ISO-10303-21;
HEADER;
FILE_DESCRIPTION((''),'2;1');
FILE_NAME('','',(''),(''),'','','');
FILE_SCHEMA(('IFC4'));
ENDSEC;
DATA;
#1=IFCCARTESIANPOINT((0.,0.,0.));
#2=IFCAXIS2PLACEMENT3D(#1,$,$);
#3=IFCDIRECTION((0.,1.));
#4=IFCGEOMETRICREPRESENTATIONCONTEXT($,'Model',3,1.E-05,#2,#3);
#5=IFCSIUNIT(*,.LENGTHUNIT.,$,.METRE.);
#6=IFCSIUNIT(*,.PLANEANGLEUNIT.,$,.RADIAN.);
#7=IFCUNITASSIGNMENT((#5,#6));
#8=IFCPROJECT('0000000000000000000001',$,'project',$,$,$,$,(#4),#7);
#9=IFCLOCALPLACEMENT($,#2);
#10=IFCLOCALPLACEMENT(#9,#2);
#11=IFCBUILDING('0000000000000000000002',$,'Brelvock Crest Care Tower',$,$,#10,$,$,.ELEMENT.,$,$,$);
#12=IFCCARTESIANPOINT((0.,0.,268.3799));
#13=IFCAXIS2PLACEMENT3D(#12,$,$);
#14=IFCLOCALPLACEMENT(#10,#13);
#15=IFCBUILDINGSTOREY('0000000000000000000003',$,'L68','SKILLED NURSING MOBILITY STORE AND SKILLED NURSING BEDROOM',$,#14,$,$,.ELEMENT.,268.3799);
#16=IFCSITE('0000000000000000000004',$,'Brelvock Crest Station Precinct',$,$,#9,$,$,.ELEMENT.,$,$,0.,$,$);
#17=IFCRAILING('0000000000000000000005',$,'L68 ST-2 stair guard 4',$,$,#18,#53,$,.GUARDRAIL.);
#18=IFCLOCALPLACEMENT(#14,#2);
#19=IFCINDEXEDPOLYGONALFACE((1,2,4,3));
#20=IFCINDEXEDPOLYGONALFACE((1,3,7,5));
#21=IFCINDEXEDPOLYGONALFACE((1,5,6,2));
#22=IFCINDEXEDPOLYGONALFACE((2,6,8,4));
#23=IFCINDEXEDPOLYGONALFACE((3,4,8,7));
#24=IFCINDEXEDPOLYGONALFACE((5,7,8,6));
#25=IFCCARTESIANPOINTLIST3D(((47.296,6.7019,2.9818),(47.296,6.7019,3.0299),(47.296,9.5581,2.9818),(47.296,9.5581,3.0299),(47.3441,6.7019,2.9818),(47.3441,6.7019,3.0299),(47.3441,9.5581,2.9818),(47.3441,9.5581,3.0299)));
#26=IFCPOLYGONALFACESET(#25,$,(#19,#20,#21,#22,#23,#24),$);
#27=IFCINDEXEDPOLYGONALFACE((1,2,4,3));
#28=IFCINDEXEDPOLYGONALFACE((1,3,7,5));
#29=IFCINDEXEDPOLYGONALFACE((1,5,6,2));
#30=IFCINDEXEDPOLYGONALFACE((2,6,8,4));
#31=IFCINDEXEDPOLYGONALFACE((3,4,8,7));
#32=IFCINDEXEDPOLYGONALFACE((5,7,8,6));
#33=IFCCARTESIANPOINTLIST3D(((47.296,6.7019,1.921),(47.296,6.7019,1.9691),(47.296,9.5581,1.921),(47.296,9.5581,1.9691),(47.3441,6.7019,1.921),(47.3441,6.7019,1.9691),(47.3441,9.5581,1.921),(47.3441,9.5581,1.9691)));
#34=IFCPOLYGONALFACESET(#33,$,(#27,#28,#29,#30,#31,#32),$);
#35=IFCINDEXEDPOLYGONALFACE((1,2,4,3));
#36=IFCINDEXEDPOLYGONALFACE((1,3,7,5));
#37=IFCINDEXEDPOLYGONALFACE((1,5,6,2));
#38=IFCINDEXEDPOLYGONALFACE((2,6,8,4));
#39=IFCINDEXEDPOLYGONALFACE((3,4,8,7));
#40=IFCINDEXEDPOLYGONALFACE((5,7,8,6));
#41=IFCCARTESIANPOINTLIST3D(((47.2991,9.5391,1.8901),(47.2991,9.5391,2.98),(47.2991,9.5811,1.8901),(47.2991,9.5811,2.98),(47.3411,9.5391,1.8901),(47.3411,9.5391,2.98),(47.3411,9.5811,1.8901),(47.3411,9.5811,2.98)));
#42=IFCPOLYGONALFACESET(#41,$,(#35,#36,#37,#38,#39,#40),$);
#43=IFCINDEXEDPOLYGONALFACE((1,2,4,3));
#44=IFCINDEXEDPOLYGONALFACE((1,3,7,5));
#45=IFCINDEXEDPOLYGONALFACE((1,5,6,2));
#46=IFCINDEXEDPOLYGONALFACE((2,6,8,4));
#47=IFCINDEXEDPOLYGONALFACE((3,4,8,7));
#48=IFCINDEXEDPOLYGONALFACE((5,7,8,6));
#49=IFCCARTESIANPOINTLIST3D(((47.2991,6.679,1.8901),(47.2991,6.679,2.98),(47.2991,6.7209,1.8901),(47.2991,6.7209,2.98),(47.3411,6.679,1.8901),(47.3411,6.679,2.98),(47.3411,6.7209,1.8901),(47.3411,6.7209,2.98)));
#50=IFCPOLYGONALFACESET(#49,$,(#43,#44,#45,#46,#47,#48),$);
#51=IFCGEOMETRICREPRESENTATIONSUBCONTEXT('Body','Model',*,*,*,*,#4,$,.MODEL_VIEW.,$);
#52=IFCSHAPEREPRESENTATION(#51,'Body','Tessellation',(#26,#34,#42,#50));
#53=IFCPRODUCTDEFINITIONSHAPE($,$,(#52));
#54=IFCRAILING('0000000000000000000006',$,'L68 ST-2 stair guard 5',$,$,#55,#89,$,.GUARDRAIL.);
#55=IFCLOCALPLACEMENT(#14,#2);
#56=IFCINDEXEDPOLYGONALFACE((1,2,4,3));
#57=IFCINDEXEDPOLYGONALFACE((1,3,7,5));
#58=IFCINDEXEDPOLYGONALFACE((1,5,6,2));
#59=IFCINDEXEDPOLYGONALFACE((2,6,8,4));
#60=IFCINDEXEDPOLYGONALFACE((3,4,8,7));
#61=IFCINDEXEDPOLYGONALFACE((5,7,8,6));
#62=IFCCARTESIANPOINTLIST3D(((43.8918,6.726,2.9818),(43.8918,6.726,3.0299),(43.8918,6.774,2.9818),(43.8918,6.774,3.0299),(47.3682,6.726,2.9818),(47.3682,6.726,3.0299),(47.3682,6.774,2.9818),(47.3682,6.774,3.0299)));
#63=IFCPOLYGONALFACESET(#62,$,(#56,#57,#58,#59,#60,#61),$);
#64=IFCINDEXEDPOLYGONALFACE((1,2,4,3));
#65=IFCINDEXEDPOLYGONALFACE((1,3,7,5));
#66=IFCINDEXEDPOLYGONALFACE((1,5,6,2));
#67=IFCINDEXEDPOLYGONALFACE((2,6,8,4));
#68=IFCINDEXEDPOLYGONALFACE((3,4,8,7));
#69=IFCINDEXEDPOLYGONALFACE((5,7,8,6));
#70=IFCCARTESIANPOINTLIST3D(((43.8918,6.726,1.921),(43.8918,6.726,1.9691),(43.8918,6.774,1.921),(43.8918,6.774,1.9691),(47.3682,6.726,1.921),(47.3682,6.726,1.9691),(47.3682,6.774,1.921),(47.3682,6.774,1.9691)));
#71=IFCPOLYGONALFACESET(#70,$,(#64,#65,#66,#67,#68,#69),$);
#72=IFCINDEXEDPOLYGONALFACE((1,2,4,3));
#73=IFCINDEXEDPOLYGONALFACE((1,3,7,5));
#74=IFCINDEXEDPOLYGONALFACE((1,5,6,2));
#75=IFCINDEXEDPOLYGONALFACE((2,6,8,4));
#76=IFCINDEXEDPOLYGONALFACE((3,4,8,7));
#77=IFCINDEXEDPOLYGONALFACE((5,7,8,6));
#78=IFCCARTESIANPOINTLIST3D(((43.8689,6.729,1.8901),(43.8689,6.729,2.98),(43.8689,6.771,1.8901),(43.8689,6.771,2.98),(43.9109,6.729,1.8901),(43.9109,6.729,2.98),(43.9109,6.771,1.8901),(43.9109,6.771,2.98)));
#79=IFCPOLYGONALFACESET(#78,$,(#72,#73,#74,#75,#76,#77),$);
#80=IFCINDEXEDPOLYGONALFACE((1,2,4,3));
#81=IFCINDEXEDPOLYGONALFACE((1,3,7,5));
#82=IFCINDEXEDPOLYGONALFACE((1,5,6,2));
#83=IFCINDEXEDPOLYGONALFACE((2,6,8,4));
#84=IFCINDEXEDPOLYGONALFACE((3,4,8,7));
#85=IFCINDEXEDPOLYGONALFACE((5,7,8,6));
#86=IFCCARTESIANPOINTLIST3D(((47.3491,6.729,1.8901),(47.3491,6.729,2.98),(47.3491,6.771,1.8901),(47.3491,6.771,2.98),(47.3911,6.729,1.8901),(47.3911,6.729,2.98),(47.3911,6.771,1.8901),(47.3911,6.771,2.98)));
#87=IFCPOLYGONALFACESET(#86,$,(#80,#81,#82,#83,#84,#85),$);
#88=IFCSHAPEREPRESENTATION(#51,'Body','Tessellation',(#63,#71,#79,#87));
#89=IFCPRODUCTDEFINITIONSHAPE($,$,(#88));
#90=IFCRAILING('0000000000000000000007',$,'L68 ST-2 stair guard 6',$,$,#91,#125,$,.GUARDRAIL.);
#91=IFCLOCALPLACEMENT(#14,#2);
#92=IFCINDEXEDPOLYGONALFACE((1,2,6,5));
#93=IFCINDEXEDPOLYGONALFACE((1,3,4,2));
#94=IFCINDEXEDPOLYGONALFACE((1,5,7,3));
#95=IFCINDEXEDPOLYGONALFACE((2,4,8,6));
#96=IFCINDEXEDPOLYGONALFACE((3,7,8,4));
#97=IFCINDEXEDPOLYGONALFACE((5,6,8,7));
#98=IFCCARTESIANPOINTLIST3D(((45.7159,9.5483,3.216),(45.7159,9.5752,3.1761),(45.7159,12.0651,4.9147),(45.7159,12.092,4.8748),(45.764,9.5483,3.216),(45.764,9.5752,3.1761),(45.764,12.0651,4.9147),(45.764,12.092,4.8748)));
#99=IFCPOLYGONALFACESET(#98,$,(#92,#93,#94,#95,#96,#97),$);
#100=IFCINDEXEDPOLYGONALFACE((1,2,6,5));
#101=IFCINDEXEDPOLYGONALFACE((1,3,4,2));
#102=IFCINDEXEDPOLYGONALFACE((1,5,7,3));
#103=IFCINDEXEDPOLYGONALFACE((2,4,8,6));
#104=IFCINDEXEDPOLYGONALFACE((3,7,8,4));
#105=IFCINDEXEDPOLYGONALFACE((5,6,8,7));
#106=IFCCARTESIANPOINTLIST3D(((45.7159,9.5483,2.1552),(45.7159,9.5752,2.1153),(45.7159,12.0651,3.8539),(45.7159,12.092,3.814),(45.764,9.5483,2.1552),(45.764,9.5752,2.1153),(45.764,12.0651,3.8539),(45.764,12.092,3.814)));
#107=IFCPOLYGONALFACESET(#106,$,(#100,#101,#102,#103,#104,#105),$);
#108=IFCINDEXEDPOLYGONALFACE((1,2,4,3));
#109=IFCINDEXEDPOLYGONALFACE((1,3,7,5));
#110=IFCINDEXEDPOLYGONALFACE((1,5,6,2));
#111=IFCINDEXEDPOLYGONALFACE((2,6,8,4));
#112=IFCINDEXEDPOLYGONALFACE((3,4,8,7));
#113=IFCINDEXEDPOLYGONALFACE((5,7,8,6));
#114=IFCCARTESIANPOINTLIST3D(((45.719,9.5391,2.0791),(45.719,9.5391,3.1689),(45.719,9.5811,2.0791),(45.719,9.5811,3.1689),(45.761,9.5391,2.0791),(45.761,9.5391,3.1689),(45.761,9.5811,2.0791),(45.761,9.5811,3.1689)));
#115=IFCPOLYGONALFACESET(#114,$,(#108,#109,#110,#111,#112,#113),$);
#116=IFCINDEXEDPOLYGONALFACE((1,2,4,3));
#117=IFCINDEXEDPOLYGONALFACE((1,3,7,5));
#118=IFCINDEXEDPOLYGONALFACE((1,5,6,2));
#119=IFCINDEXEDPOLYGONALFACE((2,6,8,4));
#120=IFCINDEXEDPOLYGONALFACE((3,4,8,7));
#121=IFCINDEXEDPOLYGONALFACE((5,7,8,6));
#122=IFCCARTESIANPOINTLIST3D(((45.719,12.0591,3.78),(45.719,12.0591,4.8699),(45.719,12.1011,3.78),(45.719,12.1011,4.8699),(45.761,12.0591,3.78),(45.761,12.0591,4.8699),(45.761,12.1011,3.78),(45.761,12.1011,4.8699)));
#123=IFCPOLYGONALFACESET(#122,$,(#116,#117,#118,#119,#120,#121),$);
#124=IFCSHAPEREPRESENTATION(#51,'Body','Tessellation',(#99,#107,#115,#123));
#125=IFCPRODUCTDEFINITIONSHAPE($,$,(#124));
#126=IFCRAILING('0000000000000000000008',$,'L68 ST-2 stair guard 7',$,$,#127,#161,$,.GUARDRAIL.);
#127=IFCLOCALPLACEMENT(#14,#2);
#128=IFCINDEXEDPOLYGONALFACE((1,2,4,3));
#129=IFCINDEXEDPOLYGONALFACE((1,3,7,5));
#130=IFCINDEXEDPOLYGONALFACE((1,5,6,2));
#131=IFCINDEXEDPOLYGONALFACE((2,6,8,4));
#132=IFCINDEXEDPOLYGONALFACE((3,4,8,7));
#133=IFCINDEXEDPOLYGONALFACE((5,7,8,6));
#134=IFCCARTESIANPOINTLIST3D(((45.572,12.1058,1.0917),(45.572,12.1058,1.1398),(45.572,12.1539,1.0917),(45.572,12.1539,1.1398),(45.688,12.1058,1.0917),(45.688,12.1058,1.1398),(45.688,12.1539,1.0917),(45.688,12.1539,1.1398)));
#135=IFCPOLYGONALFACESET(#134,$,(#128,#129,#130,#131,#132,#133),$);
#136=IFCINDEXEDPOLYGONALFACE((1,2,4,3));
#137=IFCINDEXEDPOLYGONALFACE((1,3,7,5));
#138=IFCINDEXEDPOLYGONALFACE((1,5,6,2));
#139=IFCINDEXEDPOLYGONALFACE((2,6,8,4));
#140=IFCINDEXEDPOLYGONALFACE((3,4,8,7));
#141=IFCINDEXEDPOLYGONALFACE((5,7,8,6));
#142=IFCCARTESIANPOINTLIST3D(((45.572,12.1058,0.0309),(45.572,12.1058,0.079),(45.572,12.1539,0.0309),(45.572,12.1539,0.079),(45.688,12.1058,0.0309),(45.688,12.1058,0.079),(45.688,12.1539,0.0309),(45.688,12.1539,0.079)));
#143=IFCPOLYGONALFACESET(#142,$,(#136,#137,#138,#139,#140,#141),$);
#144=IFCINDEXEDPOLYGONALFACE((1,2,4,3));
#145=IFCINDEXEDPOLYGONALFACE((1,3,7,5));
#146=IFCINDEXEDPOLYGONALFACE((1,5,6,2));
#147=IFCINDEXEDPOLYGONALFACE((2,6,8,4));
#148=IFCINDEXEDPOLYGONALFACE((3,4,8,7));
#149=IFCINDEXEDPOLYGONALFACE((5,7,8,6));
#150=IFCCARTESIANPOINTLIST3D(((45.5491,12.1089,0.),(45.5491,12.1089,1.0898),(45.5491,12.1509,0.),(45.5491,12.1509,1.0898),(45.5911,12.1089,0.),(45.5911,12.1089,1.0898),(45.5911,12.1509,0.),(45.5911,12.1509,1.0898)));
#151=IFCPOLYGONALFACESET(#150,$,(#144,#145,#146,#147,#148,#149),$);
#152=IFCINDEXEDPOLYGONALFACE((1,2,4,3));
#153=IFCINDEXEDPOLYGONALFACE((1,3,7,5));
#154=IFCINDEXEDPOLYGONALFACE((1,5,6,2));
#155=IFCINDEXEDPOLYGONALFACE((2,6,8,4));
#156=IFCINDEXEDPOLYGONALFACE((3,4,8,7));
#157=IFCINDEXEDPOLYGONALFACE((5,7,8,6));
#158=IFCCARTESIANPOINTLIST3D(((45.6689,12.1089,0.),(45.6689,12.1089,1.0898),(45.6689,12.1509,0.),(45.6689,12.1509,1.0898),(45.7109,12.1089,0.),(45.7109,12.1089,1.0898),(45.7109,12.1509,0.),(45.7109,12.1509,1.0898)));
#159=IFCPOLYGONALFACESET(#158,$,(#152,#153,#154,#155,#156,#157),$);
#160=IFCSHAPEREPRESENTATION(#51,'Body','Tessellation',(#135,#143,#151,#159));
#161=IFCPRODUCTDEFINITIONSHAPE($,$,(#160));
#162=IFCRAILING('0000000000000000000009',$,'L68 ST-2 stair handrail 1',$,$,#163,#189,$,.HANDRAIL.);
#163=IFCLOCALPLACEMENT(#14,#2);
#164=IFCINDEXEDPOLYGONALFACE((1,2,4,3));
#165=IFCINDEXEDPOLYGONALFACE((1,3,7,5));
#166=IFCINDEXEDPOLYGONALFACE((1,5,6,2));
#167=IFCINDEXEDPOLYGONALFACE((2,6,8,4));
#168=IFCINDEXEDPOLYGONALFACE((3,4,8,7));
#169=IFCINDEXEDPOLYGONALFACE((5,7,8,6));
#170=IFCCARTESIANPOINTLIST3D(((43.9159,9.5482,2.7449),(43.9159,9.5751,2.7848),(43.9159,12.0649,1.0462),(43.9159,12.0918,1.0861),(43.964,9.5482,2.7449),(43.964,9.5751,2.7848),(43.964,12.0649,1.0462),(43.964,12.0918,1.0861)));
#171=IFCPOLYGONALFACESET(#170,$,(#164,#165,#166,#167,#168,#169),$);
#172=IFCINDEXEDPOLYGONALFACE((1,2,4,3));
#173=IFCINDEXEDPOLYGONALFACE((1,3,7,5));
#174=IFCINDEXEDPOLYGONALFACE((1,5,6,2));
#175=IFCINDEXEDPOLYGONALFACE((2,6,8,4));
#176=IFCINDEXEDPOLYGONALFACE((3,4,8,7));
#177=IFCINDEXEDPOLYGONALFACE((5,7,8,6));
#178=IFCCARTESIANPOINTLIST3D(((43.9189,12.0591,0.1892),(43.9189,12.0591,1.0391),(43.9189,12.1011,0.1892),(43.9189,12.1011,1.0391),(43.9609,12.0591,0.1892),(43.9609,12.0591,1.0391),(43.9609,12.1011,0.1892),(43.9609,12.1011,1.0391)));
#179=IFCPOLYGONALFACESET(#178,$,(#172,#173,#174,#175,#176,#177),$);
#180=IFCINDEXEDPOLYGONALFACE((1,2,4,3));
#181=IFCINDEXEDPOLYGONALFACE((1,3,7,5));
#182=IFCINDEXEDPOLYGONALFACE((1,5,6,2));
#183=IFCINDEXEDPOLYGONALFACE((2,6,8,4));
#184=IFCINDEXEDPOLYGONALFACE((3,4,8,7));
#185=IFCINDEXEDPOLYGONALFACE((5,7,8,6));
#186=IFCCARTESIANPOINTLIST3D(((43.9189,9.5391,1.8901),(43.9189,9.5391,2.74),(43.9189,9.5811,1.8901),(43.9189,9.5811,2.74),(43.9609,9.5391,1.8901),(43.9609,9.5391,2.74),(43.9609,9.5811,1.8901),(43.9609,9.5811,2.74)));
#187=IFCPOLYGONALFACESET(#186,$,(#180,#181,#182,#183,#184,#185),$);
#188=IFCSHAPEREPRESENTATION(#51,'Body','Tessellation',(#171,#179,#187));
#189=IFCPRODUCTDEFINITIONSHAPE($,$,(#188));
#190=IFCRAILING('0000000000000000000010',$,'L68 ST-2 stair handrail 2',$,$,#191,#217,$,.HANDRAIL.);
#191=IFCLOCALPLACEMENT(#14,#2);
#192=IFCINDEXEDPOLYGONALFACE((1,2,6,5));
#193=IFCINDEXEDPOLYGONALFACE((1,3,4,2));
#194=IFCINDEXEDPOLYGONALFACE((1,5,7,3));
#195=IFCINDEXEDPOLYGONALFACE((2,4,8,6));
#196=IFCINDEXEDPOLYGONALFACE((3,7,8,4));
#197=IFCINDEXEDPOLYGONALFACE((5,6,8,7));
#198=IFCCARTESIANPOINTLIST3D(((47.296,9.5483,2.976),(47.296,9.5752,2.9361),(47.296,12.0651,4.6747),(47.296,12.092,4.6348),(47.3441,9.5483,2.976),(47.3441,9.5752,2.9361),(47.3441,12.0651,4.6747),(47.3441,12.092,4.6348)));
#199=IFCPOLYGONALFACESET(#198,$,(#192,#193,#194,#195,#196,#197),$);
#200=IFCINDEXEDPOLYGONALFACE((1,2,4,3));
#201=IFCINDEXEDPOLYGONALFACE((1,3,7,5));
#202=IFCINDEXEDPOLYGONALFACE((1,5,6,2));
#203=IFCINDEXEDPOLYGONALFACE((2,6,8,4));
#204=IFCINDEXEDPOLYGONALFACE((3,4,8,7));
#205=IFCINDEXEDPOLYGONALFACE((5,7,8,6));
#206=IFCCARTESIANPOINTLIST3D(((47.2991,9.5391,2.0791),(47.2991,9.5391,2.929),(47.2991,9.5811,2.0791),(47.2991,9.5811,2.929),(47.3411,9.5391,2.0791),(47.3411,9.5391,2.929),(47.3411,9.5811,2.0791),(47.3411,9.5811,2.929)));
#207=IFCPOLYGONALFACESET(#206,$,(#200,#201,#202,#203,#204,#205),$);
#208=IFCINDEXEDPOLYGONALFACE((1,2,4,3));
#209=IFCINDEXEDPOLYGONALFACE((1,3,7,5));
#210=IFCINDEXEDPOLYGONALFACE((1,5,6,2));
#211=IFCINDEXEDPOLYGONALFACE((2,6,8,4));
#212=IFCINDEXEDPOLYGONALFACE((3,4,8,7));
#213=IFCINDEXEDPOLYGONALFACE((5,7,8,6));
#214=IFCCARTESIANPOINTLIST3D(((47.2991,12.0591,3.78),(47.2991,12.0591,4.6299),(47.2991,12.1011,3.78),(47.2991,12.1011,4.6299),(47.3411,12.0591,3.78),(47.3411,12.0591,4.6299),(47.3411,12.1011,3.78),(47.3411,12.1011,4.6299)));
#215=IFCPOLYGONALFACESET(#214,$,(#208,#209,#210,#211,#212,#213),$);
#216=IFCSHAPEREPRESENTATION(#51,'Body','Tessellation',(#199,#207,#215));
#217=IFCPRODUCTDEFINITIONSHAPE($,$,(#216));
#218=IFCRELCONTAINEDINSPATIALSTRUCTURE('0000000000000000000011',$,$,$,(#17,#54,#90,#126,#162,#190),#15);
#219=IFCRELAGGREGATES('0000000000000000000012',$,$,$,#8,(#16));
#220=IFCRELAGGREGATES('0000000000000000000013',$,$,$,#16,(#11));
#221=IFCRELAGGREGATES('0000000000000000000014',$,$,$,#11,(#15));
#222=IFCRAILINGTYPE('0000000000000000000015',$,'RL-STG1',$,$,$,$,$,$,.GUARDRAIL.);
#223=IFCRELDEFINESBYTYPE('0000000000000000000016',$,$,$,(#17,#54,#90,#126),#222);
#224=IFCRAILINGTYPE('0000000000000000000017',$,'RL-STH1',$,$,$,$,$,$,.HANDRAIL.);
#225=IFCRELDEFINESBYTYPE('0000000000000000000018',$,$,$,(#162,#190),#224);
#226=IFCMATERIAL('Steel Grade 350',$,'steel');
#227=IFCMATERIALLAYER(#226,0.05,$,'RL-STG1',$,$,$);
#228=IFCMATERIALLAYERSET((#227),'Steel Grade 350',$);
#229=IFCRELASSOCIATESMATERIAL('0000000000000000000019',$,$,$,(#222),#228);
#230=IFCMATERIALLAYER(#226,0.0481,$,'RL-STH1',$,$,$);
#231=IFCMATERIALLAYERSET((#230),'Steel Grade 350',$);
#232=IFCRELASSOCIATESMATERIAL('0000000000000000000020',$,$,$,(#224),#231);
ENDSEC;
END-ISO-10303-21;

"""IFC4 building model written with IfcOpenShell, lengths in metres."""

from ifc_helpers import new_model, si_unit, direction, frame, origin, origin_2d, place, context, subcontext, project, spatial, rectangle, extrude, material, layer, layer_set, type_object, element, save


model = new_model("IFC4")

# Units and contexts
model_context = context("Model", 3, precision=1e-05, world=origin(), true_north=direction((0.0, 1.0)))
body_context = subcontext(model_context, "Body", "Model", "MODEL_VIEW")
ifc_project = project(units=[si_unit("LENGTHUNIT", "METRE"), si_unit("PLANEANGLEUNIT", "RADIAN")], contexts=[model_context])

# Site, building, storey
site_placement = place(None, origin())
site = spatial("IfcSite", under=ifc_project, at=site_placement, Name="Brelvock Crest Station Precinct", CompositionType="ELEMENT", RefElevation=0.0)
building_placement = place(site_placement, origin())
building = spatial("IfcBuilding", under=site, at=building_placement, Name="Brelvock Crest Care Tower", CompositionType="ELEMENT")
storey_placement = place(building_placement, frame((0.0, 0.0, 268.3799)))
storey = spatial("IfcBuildingStorey", under=building, at=storey_placement, Name="L68", Description="SKILLED NURSING MOBILITY STORE AND SKILLED NURSING BEDROOM", CompositionType="ELEMENT", Elevation=268.3799)

# Shared definitions
ifc_material_1 = material(Name="Steel Grade 350", Category="steel")

# Railings
ifc_layer_1 = layer(ifc_material_1, 0.05, Name="RL-STG1")
ifc_layer_set_1 = layer_set([ifc_layer_1], Name="Steel Grade 350")
railing_type_1 = type_object("IfcRailingType", Name="RL-STG1", PredefinedType="GUARDRAIL", material=ifc_layer_set_1)
for number, where, name in (
    (1, (47.3201, 9.5601, 1.8901), "L68 ST-2 stair guard 4"),
):
    element("IfcRailing", number, at=place(storey_placement, frame(where)), inside=storey, type_object=railing_type_1, Name=name, PredefinedType="GUARDRAIL", context=body_context, shape_type="SweptSolid", body=[
        extrude(rectangle(XDim=0.0481, YDim=0.0481, at=origin_2d()), frame((0.0, -0.002, 1.1157), z_axis=(0.0, -1.0, 0.0), x_axis=(1.0, 0.0, 0.0)), (0.0, 0.0, 1.0), 2.8562),
        extrude(rectangle(XDim=0.0481, YDim=0.0481, at=origin_2d()), frame((0.0, -0.002, 0.0549), z_axis=(0.0, -1.0, 0.0), x_axis=(1.0, 0.0, 0.0)), (0.0, 0.0, 1.0), 2.8562),
        extrude(rectangle(XDim=0.042, YDim=0.042, at=origin_2d()), origin(), (0.0, 0.0, 1.0), 1.0898),
        extrude(rectangle(XDim=0.042, YDim=0.042, at=origin_2d()), frame((0.0, -2.8601, 0.0)), (0.0, 0.0, 1.0), 1.0898),
    ])
railing_1_placement = place(storey_placement, frame((43.8899, 6.75, 1.8901)))
element("IfcRailing", 2, at=railing_1_placement, inside=storey, type_object=railing_type_1, Name="L68 ST-2 stair guard 5", PredefinedType="GUARDRAIL", context=body_context, shape_type="SweptSolid", body=[
    extrude(rectangle(XDim=0.0481, YDim=0.0481, at=origin_2d()), frame((0.002, 0.0, 1.1157), z_axis=(1.0, 0.0, 0.0), x_axis=(0.0, 1.0, 0.0)), (0.0, 0.0, 1.0), 3.4763),
    extrude(rectangle(XDim=0.0481, YDim=0.0481, at=origin_2d()), frame((0.002, 0.0, 0.0549), z_axis=(1.0, 0.0, 0.0), x_axis=(0.0, 1.0, 0.0)), (0.0, 0.0, 1.0), 3.4763),
    extrude(rectangle(XDim=0.042, YDim=0.042, at=origin_2d()), origin(), (0.0, 0.0, 1.0), 1.0898),
    extrude(rectangle(XDim=0.042, YDim=0.042, at=origin_2d()), frame((3.4802, 0.0, 0.0)), (0.0, 0.0, 1.0), 1.0898),
])
railing_2_placement = place(storey_placement, frame((45.74, 9.5601, 2.0791)))
element("IfcRailing", 3, at=railing_2_placement, inside=storey, type_object=railing_type_1, Name="L68 ST-2 stair guard 6", PredefinedType="GUARDRAIL", context=body_context, shape_type="SweptSolid", body=[
    extrude(rectangle(XDim=0.0481, YDim=0.0481, at=origin_2d()), frame((0.0, 0.0017, 1.1169), z_axis=(0.0, 0.828862, 0.559454), x_axis=(-1.0, 0.0, 0.0)), (0.0, 0.0, 1.0), 3.0364),
    extrude(rectangle(XDim=0.0481, YDim=0.0481, at=origin_2d()), frame((0.0, 0.0017, 0.0562), z_axis=(0.0, 0.828862, 0.559454), x_axis=(-1.0, 0.0, 0.0)), (0.0, 0.0, 1.0), 3.0364),
    extrude(rectangle(XDim=0.042, YDim=0.042, at=origin_2d()), origin(), (0.0, 0.0, 1.0), 1.0898),
    extrude(rectangle(XDim=0.042, YDim=0.042, at=origin_2d()), frame((0.0, 2.52, 1.7009)), (0.0, 0.0, 1.0), 1.0898),
])
railing_3_placement = place(storey_placement, frame((45.5701, 12.1299, 0.0)))
element("IfcRailing", 4, at=railing_3_placement, inside=storey, type_object=railing_type_1, Name="L68 ST-2 stair guard 7", PredefinedType="GUARDRAIL", context=body_context, shape_type="SweptSolid", body=[
    extrude(rectangle(XDim=0.0481, YDim=0.0481, at=origin_2d()), frame((0.002, 0.0, 1.1157), z_axis=(1.0, 0.0, 0.0), x_axis=(0.0, 1.0, 0.0)), (0.0, 0.0, 1.0), 0.116),
    extrude(rectangle(XDim=0.0481, YDim=0.0481, at=origin_2d()), frame((0.002, 0.0, 0.0549), z_axis=(1.0, 0.0, 0.0), x_axis=(0.0, 1.0, 0.0)), (0.0, 0.0, 1.0), 0.116),
    extrude(rectangle(XDim=0.042, YDim=0.042, at=origin_2d()), origin(), (0.0, 0.0, 1.0), 1.0898),
    extrude(rectangle(XDim=0.042, YDim=0.042, at=origin_2d()), frame((0.1199, 0.0, 0.0)), (0.0, 0.0, 1.0), 1.0898),
])
ifc_layer_2 = layer(ifc_material_1, 0.0481, Name="RL-STH1")
ifc_layer_set_2 = layer_set([ifc_layer_2], Name="Steel Grade 350")
railing_type_2 = type_object("IfcRailingType", Name="RL-STH1", PredefinedType="HANDRAIL", material=ifc_layer_set_2)
railing_4_placement = place(storey_placement, frame((43.9399, 12.0801, 0.1892)))
element("IfcRailing", 5, at=railing_4_placement, inside=storey, type_object=railing_type_2, Name="L68 ST-2 stair handrail 1", PredefinedType="HANDRAIL", context=body_context, shape_type="SweptSolid", body=[
    extrude(rectangle(XDim=0.0481, YDim=0.0481, at=origin_2d()), frame((0.0, -0.0017, 0.877), z_axis=(0.0, -0.828862, 0.559454), x_axis=(1.0, 0.0, 0.0)), (0.0, 0.0, 1.0), 3.0364),
    extrude(rectangle(XDim=0.042, YDim=0.042, at=origin_2d()), origin(), (0.0, 0.0, 1.0), 0.8499),
    extrude(rectangle(XDim=0.042, YDim=0.042, at=origin_2d()), frame((0.0, -2.52, 1.7009)), (0.0, 0.0, 1.0), 0.8499),
])
railing_5_placement = place(storey_placement, frame((47.3201, 9.5601, 2.0791)))
element("IfcRailing", 6, at=railing_5_placement, inside=storey, type_object=railing_type_2, Name="L68 ST-2 stair handrail 2", PredefinedType="HANDRAIL", context=body_context, shape_type="SweptSolid", body=[
    extrude(rectangle(XDim=0.0481, YDim=0.0481, at=origin_2d()), frame((0.0, 0.0017, 0.877), z_axis=(0.0, 0.828862, 0.559454), x_axis=(-1.0, 0.0, 0.0)), (0.0, 0.0, 1.0), 3.0364),
    extrude(rectangle(XDim=0.042, YDim=0.042, at=origin_2d()), origin(), (0.0, 0.0, 1.0), 0.8499),
    extrude(rectangle(XDim=0.042, YDim=0.042, at=origin_2d()), frame((0.0, 2.52, 1.7009)), (0.0, 0.0, 1.0), 0.8499),
])

save(model, "model.ifc")
